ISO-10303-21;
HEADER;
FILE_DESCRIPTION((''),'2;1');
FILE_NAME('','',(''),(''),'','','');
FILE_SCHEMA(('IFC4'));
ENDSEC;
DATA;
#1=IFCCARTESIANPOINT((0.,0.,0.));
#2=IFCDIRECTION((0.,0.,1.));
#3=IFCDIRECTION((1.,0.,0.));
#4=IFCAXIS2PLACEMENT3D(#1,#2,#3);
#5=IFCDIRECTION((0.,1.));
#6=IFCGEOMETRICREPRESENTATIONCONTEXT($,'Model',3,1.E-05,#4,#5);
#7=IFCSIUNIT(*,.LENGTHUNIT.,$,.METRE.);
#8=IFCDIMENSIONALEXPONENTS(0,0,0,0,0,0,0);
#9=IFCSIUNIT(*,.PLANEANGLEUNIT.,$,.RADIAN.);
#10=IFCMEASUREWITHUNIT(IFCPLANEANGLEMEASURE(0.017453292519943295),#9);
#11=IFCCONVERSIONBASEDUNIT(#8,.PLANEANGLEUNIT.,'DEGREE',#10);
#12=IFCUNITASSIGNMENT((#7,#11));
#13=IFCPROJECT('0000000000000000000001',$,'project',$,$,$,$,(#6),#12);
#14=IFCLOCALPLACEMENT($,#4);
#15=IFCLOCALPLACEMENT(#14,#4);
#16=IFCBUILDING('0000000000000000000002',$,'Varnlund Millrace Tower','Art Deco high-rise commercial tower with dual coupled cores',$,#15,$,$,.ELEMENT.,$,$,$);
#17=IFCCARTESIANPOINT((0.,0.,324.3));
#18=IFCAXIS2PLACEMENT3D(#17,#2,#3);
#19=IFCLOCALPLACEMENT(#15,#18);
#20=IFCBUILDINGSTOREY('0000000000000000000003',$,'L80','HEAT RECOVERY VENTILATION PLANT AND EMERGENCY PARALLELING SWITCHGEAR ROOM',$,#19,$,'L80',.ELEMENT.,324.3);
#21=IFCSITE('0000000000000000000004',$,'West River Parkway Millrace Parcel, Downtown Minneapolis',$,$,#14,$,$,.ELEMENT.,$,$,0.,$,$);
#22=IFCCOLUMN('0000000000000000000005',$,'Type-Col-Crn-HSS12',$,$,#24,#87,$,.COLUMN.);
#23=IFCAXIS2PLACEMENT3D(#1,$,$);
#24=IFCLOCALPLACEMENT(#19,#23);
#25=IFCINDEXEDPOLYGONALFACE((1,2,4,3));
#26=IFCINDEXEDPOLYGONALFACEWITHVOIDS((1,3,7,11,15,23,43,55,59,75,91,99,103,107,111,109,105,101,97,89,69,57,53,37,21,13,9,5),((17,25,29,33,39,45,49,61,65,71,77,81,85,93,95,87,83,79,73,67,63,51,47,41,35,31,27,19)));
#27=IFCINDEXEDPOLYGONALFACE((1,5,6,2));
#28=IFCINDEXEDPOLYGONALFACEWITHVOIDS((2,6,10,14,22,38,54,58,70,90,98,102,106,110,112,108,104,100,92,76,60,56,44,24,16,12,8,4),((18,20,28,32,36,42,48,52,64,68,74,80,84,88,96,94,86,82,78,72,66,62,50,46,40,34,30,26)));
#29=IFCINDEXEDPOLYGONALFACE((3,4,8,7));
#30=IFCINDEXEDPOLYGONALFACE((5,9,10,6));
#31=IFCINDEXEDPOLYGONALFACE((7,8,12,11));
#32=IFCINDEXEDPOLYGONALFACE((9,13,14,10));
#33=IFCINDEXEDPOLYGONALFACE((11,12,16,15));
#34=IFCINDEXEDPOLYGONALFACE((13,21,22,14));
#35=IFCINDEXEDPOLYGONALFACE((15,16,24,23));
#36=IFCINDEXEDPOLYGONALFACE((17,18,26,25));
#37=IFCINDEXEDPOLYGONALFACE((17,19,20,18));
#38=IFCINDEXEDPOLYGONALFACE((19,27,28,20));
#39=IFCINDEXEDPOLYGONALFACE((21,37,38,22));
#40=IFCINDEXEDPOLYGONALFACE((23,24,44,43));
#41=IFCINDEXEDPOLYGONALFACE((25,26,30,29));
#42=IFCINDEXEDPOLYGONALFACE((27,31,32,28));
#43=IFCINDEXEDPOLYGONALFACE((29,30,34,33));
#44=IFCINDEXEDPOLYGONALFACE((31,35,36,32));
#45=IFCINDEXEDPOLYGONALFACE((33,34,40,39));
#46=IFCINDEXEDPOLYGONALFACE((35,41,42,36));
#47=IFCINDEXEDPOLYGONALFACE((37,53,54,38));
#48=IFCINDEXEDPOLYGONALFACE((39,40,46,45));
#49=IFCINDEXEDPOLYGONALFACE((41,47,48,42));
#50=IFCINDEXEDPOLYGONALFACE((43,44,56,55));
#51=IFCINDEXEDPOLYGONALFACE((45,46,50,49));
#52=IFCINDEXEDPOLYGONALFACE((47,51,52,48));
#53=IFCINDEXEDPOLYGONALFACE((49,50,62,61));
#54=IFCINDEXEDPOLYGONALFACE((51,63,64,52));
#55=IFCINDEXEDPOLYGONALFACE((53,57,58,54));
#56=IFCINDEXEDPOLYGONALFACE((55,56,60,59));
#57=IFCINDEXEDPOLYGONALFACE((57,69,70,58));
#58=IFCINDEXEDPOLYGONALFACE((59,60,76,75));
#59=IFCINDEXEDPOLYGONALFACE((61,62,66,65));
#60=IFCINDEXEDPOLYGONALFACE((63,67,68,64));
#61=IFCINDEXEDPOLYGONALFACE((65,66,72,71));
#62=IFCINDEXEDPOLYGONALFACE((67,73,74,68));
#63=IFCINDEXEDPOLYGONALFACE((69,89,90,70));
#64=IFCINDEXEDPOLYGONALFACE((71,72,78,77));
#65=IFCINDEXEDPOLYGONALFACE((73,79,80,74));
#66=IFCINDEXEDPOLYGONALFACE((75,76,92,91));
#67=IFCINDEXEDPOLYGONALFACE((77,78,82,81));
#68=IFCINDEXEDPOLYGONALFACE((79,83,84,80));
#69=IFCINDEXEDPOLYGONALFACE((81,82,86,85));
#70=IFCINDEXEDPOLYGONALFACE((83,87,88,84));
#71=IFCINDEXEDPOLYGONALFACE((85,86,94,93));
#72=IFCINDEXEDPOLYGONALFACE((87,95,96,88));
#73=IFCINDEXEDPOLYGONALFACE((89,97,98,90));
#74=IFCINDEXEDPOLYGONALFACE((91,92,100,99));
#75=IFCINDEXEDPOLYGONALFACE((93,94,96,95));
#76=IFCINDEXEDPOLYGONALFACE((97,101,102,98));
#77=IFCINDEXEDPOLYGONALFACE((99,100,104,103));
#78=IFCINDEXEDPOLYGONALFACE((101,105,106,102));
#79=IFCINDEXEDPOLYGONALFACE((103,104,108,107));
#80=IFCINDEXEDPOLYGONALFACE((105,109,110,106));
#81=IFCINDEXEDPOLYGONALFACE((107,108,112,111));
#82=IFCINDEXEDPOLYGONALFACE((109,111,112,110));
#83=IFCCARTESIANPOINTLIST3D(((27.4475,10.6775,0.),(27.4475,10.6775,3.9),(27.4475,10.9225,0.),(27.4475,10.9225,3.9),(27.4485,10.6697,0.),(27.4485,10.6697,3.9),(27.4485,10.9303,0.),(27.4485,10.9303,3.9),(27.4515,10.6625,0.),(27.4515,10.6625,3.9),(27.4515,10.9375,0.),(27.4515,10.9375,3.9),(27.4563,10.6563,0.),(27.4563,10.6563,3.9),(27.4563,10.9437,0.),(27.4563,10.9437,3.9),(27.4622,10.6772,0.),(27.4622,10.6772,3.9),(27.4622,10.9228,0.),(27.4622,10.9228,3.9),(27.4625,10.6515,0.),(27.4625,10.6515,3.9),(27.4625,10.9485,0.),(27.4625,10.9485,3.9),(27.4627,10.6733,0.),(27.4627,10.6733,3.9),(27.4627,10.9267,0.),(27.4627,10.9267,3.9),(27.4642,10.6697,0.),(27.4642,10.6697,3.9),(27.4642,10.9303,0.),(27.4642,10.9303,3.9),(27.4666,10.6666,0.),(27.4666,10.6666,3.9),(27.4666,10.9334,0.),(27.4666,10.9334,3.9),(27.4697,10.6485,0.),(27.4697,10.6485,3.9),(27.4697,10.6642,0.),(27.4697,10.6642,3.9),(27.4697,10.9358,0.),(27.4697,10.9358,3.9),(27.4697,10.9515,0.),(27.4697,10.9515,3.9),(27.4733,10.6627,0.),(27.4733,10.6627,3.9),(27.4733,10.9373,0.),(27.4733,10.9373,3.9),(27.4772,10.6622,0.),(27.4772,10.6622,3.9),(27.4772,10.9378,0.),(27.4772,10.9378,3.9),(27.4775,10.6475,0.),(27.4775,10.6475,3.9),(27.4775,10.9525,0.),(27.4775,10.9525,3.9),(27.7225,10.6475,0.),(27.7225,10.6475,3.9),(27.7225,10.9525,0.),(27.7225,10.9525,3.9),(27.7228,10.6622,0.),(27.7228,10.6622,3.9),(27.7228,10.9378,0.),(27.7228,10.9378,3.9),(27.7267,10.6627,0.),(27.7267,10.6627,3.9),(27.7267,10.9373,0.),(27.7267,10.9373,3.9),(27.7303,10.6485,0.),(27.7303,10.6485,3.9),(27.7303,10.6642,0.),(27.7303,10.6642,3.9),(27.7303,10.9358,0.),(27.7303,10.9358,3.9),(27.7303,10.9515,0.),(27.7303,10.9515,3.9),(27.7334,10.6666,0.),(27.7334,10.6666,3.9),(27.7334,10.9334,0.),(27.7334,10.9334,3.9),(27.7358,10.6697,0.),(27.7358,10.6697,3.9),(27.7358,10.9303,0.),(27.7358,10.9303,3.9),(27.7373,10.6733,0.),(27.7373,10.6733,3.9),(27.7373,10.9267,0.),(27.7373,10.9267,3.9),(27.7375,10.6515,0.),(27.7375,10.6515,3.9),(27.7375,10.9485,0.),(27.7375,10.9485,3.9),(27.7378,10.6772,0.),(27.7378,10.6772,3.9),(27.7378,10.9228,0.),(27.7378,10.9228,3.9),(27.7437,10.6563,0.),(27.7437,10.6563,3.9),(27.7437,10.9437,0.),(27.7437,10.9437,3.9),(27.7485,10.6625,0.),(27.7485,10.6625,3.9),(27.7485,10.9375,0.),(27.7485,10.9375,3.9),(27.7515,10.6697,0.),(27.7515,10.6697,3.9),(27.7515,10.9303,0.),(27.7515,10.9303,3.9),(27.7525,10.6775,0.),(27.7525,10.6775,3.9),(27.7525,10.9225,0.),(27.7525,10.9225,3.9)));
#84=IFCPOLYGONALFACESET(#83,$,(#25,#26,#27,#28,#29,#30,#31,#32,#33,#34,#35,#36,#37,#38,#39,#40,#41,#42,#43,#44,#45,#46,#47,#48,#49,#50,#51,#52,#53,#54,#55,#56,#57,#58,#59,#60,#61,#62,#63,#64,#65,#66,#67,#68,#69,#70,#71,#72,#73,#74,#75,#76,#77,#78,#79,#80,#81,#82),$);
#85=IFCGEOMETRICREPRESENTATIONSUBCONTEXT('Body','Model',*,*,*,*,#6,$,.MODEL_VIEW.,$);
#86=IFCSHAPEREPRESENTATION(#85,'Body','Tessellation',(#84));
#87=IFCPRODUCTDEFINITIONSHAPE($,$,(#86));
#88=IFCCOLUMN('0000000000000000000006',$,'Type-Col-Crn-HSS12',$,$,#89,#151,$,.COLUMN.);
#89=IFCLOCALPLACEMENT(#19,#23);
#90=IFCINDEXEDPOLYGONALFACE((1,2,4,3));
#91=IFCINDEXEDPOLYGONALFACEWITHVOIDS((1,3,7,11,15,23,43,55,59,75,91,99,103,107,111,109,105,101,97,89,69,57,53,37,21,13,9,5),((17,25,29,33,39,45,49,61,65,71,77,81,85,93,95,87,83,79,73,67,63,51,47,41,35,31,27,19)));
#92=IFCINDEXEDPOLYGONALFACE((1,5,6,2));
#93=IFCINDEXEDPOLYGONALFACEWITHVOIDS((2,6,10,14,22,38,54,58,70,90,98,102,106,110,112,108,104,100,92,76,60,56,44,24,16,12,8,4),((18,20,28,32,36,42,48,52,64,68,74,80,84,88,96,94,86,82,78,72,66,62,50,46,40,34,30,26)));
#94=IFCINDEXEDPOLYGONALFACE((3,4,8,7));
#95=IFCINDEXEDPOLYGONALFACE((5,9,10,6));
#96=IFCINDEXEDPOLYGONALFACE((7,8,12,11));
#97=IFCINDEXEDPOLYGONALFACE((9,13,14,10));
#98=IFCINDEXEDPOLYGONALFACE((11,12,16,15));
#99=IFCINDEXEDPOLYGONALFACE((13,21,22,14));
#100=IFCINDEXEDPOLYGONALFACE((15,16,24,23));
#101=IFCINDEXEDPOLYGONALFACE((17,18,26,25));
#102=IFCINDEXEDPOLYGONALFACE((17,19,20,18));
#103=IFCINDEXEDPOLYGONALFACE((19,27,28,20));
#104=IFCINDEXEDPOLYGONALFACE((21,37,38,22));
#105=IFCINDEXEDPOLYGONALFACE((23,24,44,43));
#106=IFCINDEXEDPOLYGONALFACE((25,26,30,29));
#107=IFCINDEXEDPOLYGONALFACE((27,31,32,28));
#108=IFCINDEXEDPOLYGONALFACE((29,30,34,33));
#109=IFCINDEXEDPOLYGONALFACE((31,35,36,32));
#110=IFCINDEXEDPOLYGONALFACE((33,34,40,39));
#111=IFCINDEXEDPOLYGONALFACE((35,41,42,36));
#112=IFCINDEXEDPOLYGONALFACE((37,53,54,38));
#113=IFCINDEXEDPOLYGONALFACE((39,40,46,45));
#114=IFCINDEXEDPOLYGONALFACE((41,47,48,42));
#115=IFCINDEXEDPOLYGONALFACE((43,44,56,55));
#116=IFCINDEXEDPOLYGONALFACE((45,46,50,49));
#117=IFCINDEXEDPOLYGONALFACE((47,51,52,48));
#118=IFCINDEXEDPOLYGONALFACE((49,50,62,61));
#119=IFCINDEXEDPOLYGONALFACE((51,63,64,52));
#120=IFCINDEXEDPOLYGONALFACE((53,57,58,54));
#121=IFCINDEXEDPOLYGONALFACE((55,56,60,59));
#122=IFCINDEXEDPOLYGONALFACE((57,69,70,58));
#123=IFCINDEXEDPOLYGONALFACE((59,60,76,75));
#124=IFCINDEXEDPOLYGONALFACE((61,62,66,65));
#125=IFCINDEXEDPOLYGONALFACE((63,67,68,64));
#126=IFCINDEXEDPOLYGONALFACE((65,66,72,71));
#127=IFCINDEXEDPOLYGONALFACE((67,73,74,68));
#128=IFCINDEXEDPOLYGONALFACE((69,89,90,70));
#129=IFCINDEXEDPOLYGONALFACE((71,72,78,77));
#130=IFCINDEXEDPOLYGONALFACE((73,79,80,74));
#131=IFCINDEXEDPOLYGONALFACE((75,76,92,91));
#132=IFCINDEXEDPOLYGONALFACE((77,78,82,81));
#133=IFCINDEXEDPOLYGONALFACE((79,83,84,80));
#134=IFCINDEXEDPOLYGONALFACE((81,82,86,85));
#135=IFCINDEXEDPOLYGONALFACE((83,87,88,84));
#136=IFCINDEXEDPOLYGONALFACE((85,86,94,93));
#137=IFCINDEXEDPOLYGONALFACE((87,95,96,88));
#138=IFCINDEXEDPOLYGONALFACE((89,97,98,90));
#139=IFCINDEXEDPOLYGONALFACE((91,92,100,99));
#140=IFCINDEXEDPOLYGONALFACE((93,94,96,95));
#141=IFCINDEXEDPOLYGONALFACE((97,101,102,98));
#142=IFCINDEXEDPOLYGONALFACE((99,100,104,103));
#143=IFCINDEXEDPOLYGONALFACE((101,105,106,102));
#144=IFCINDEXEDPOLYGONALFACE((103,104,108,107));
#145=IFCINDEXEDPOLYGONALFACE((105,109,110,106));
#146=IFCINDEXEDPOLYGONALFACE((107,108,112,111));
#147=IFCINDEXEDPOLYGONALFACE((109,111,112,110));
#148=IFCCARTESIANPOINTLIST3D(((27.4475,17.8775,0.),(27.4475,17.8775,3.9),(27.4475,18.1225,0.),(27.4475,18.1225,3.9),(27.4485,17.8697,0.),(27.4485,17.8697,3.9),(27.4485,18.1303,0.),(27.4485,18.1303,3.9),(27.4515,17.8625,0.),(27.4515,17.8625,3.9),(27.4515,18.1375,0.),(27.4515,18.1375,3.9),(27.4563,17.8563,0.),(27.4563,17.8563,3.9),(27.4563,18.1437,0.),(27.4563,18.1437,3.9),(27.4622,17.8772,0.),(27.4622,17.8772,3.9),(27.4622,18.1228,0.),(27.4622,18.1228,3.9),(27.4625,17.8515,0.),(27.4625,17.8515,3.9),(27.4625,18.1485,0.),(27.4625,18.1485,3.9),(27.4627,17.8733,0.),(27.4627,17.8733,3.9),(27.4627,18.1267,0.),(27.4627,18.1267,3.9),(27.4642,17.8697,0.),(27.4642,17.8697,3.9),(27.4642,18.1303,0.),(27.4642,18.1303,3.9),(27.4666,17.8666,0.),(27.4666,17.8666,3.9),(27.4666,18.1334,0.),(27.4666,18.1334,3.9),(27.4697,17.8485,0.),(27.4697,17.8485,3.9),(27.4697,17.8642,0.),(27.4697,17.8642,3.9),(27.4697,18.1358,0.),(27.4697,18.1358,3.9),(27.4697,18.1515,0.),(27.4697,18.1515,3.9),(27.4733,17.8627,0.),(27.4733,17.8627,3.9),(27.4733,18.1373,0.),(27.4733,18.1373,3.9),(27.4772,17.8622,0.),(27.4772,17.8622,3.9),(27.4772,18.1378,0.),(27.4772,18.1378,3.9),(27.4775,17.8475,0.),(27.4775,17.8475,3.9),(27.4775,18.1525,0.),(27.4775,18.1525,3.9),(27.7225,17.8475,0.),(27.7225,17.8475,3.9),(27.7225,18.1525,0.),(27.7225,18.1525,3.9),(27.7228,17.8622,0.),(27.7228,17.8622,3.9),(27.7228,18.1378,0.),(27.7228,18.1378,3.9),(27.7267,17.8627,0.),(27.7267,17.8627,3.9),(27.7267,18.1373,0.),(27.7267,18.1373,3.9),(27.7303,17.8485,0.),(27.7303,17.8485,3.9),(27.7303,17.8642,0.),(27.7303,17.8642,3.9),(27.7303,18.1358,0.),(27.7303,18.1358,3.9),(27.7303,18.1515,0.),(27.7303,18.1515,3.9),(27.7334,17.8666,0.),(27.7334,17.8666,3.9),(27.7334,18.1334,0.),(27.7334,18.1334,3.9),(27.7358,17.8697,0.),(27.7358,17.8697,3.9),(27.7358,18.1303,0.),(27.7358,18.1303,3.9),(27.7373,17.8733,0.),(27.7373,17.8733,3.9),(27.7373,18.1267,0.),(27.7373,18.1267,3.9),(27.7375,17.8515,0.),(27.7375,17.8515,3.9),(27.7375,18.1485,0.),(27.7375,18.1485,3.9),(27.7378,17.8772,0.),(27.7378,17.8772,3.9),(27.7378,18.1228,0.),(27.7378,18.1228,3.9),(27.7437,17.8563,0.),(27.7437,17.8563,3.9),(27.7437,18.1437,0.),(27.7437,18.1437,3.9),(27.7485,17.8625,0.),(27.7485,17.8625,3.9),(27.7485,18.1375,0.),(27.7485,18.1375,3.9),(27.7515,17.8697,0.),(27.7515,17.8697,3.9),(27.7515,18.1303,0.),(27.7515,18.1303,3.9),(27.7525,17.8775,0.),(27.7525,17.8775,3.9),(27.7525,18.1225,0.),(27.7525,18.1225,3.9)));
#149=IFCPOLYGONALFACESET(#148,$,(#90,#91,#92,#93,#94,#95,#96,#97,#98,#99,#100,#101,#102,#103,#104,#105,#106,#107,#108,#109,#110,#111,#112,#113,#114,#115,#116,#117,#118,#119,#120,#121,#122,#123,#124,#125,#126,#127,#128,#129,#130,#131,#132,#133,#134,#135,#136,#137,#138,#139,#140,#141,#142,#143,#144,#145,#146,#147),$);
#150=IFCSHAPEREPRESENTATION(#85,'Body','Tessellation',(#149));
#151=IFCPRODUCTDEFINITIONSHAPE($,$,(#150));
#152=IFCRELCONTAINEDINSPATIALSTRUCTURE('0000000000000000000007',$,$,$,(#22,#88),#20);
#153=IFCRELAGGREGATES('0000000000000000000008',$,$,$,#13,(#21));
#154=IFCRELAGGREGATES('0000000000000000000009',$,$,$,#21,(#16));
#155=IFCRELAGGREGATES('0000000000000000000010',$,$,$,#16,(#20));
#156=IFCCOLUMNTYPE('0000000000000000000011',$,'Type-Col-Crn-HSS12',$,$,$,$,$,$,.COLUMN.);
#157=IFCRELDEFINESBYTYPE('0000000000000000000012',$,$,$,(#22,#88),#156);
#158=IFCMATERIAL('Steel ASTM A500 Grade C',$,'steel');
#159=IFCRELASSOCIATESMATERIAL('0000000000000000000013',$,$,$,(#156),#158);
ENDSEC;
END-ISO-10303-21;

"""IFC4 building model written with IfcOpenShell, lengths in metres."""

from ifc_helpers import new_model, entity, si_unit, converted_unit, direction, frame, origin_with_axes, origin_2d_with_axis, place, context, subcontext, project, spatial, hollow_rectangle, extrude, material, material_profile, profile_set, type_object, element, save


model = new_model("IFC4")

# Units and contexts
model_context = context("Model", 3, precision=1e-05, world=origin_with_axes(), true_north=direction((0.0, 1.0)))
body_context = subcontext(model_context, "Body", "Model", "MODEL_VIEW")
ifc_project = project(units=[si_unit("LENGTHUNIT", "METRE"), converted_unit("PLANEANGLEUNIT", "DEGREE", entity("IfcPlaneAngleMeasure", 0.017453292519943295), si_unit("PLANEANGLEUNIT", "RADIAN"), dimensions=[0, 0, 0, 0, 0, 0, 0])], contexts=[model_context])

# Site, building, storey
site_placement = place(None, origin_with_axes())
site = spatial("IfcSite", under=ifc_project, at=site_placement, Name="West River Parkway Millrace Parcel, Downtown Minneapolis", CompositionType="ELEMENT", RefElevation=0.0)
building_placement = place(site_placement, origin_with_axes())
building = spatial("IfcBuilding", under=site, at=building_placement, Name="Varnlund Millrace Tower", Description="Art Deco high-rise commercial tower with dual coupled cores", CompositionType="ELEMENT")
storey_placement = place(building_placement, frame((0.0, 0.0, 324.3), z_axis=(0.0, 0.0, 1.0), x_axis=(1.0, 0.0, 0.0)))
storey = spatial("IfcBuildingStorey", under=building, at=storey_placement, Name="L80", Description="HEAT RECOVERY VENTILATION PLANT AND EMERGENCY PARALLELING SWITCHGEAR ROOM", LongName="L80", CompositionType="ELEMENT", Elevation=324.3)

# Columns
ifc_material_1 = material(Name="Steel ASTM A500 Grade C", Category="steel")
ifc_material_profile_1 = material_profile(ifc_material_1, hollow_rectangle(XDim=0.305, YDim=0.305, WallThickness=0.0147, InnerFilletRadius=0.015, OuterFilletRadius=0.03, at=origin_2d_with_axis()), Name="Steel ASTM A500 Grade C")
ifc_profile_set_1 = profile_set([ifc_material_profile_1], Name="Steel ASTM A500 Grade C")
column_type = type_object("IfcColumnType", Name="Type-Col-Crn-HSS12", PredefinedType="COLUMN", material=ifc_profile_set_1)
for number, where, z_axis, x_axis, name in (
    (1, (27.6, 10.8, 0.0), (0.0, 0.0, 1.0), (1.0, 0.0, 0.0), "Type-Col-Crn-HSS12"),
    (2, (27.6, 18.0, 0.0), (0.0, 0.0, 1.0), (1.0, 0.0, 0.0), "Type-Col-Crn-HSS12"),
):
    element("IfcColumn", number, at=place(storey_placement, frame(where, z_axis=z_axis, x_axis=x_axis)), inside=storey, type_object=column_type, Name=name, PredefinedType="COLUMN", context=body_context, shape_type="SweptSolid", body=[
        extrude(hollow_rectangle(XDim=0.305, YDim=0.305, WallThickness=0.0147, InnerFilletRadius=0.015, OuterFilletRadius=0.03, at=origin_2d_with_axis()), origin_with_axes(), (0.0, 0.0, 1.0), 3.9),
    ])

save(model, "model.ifc")
